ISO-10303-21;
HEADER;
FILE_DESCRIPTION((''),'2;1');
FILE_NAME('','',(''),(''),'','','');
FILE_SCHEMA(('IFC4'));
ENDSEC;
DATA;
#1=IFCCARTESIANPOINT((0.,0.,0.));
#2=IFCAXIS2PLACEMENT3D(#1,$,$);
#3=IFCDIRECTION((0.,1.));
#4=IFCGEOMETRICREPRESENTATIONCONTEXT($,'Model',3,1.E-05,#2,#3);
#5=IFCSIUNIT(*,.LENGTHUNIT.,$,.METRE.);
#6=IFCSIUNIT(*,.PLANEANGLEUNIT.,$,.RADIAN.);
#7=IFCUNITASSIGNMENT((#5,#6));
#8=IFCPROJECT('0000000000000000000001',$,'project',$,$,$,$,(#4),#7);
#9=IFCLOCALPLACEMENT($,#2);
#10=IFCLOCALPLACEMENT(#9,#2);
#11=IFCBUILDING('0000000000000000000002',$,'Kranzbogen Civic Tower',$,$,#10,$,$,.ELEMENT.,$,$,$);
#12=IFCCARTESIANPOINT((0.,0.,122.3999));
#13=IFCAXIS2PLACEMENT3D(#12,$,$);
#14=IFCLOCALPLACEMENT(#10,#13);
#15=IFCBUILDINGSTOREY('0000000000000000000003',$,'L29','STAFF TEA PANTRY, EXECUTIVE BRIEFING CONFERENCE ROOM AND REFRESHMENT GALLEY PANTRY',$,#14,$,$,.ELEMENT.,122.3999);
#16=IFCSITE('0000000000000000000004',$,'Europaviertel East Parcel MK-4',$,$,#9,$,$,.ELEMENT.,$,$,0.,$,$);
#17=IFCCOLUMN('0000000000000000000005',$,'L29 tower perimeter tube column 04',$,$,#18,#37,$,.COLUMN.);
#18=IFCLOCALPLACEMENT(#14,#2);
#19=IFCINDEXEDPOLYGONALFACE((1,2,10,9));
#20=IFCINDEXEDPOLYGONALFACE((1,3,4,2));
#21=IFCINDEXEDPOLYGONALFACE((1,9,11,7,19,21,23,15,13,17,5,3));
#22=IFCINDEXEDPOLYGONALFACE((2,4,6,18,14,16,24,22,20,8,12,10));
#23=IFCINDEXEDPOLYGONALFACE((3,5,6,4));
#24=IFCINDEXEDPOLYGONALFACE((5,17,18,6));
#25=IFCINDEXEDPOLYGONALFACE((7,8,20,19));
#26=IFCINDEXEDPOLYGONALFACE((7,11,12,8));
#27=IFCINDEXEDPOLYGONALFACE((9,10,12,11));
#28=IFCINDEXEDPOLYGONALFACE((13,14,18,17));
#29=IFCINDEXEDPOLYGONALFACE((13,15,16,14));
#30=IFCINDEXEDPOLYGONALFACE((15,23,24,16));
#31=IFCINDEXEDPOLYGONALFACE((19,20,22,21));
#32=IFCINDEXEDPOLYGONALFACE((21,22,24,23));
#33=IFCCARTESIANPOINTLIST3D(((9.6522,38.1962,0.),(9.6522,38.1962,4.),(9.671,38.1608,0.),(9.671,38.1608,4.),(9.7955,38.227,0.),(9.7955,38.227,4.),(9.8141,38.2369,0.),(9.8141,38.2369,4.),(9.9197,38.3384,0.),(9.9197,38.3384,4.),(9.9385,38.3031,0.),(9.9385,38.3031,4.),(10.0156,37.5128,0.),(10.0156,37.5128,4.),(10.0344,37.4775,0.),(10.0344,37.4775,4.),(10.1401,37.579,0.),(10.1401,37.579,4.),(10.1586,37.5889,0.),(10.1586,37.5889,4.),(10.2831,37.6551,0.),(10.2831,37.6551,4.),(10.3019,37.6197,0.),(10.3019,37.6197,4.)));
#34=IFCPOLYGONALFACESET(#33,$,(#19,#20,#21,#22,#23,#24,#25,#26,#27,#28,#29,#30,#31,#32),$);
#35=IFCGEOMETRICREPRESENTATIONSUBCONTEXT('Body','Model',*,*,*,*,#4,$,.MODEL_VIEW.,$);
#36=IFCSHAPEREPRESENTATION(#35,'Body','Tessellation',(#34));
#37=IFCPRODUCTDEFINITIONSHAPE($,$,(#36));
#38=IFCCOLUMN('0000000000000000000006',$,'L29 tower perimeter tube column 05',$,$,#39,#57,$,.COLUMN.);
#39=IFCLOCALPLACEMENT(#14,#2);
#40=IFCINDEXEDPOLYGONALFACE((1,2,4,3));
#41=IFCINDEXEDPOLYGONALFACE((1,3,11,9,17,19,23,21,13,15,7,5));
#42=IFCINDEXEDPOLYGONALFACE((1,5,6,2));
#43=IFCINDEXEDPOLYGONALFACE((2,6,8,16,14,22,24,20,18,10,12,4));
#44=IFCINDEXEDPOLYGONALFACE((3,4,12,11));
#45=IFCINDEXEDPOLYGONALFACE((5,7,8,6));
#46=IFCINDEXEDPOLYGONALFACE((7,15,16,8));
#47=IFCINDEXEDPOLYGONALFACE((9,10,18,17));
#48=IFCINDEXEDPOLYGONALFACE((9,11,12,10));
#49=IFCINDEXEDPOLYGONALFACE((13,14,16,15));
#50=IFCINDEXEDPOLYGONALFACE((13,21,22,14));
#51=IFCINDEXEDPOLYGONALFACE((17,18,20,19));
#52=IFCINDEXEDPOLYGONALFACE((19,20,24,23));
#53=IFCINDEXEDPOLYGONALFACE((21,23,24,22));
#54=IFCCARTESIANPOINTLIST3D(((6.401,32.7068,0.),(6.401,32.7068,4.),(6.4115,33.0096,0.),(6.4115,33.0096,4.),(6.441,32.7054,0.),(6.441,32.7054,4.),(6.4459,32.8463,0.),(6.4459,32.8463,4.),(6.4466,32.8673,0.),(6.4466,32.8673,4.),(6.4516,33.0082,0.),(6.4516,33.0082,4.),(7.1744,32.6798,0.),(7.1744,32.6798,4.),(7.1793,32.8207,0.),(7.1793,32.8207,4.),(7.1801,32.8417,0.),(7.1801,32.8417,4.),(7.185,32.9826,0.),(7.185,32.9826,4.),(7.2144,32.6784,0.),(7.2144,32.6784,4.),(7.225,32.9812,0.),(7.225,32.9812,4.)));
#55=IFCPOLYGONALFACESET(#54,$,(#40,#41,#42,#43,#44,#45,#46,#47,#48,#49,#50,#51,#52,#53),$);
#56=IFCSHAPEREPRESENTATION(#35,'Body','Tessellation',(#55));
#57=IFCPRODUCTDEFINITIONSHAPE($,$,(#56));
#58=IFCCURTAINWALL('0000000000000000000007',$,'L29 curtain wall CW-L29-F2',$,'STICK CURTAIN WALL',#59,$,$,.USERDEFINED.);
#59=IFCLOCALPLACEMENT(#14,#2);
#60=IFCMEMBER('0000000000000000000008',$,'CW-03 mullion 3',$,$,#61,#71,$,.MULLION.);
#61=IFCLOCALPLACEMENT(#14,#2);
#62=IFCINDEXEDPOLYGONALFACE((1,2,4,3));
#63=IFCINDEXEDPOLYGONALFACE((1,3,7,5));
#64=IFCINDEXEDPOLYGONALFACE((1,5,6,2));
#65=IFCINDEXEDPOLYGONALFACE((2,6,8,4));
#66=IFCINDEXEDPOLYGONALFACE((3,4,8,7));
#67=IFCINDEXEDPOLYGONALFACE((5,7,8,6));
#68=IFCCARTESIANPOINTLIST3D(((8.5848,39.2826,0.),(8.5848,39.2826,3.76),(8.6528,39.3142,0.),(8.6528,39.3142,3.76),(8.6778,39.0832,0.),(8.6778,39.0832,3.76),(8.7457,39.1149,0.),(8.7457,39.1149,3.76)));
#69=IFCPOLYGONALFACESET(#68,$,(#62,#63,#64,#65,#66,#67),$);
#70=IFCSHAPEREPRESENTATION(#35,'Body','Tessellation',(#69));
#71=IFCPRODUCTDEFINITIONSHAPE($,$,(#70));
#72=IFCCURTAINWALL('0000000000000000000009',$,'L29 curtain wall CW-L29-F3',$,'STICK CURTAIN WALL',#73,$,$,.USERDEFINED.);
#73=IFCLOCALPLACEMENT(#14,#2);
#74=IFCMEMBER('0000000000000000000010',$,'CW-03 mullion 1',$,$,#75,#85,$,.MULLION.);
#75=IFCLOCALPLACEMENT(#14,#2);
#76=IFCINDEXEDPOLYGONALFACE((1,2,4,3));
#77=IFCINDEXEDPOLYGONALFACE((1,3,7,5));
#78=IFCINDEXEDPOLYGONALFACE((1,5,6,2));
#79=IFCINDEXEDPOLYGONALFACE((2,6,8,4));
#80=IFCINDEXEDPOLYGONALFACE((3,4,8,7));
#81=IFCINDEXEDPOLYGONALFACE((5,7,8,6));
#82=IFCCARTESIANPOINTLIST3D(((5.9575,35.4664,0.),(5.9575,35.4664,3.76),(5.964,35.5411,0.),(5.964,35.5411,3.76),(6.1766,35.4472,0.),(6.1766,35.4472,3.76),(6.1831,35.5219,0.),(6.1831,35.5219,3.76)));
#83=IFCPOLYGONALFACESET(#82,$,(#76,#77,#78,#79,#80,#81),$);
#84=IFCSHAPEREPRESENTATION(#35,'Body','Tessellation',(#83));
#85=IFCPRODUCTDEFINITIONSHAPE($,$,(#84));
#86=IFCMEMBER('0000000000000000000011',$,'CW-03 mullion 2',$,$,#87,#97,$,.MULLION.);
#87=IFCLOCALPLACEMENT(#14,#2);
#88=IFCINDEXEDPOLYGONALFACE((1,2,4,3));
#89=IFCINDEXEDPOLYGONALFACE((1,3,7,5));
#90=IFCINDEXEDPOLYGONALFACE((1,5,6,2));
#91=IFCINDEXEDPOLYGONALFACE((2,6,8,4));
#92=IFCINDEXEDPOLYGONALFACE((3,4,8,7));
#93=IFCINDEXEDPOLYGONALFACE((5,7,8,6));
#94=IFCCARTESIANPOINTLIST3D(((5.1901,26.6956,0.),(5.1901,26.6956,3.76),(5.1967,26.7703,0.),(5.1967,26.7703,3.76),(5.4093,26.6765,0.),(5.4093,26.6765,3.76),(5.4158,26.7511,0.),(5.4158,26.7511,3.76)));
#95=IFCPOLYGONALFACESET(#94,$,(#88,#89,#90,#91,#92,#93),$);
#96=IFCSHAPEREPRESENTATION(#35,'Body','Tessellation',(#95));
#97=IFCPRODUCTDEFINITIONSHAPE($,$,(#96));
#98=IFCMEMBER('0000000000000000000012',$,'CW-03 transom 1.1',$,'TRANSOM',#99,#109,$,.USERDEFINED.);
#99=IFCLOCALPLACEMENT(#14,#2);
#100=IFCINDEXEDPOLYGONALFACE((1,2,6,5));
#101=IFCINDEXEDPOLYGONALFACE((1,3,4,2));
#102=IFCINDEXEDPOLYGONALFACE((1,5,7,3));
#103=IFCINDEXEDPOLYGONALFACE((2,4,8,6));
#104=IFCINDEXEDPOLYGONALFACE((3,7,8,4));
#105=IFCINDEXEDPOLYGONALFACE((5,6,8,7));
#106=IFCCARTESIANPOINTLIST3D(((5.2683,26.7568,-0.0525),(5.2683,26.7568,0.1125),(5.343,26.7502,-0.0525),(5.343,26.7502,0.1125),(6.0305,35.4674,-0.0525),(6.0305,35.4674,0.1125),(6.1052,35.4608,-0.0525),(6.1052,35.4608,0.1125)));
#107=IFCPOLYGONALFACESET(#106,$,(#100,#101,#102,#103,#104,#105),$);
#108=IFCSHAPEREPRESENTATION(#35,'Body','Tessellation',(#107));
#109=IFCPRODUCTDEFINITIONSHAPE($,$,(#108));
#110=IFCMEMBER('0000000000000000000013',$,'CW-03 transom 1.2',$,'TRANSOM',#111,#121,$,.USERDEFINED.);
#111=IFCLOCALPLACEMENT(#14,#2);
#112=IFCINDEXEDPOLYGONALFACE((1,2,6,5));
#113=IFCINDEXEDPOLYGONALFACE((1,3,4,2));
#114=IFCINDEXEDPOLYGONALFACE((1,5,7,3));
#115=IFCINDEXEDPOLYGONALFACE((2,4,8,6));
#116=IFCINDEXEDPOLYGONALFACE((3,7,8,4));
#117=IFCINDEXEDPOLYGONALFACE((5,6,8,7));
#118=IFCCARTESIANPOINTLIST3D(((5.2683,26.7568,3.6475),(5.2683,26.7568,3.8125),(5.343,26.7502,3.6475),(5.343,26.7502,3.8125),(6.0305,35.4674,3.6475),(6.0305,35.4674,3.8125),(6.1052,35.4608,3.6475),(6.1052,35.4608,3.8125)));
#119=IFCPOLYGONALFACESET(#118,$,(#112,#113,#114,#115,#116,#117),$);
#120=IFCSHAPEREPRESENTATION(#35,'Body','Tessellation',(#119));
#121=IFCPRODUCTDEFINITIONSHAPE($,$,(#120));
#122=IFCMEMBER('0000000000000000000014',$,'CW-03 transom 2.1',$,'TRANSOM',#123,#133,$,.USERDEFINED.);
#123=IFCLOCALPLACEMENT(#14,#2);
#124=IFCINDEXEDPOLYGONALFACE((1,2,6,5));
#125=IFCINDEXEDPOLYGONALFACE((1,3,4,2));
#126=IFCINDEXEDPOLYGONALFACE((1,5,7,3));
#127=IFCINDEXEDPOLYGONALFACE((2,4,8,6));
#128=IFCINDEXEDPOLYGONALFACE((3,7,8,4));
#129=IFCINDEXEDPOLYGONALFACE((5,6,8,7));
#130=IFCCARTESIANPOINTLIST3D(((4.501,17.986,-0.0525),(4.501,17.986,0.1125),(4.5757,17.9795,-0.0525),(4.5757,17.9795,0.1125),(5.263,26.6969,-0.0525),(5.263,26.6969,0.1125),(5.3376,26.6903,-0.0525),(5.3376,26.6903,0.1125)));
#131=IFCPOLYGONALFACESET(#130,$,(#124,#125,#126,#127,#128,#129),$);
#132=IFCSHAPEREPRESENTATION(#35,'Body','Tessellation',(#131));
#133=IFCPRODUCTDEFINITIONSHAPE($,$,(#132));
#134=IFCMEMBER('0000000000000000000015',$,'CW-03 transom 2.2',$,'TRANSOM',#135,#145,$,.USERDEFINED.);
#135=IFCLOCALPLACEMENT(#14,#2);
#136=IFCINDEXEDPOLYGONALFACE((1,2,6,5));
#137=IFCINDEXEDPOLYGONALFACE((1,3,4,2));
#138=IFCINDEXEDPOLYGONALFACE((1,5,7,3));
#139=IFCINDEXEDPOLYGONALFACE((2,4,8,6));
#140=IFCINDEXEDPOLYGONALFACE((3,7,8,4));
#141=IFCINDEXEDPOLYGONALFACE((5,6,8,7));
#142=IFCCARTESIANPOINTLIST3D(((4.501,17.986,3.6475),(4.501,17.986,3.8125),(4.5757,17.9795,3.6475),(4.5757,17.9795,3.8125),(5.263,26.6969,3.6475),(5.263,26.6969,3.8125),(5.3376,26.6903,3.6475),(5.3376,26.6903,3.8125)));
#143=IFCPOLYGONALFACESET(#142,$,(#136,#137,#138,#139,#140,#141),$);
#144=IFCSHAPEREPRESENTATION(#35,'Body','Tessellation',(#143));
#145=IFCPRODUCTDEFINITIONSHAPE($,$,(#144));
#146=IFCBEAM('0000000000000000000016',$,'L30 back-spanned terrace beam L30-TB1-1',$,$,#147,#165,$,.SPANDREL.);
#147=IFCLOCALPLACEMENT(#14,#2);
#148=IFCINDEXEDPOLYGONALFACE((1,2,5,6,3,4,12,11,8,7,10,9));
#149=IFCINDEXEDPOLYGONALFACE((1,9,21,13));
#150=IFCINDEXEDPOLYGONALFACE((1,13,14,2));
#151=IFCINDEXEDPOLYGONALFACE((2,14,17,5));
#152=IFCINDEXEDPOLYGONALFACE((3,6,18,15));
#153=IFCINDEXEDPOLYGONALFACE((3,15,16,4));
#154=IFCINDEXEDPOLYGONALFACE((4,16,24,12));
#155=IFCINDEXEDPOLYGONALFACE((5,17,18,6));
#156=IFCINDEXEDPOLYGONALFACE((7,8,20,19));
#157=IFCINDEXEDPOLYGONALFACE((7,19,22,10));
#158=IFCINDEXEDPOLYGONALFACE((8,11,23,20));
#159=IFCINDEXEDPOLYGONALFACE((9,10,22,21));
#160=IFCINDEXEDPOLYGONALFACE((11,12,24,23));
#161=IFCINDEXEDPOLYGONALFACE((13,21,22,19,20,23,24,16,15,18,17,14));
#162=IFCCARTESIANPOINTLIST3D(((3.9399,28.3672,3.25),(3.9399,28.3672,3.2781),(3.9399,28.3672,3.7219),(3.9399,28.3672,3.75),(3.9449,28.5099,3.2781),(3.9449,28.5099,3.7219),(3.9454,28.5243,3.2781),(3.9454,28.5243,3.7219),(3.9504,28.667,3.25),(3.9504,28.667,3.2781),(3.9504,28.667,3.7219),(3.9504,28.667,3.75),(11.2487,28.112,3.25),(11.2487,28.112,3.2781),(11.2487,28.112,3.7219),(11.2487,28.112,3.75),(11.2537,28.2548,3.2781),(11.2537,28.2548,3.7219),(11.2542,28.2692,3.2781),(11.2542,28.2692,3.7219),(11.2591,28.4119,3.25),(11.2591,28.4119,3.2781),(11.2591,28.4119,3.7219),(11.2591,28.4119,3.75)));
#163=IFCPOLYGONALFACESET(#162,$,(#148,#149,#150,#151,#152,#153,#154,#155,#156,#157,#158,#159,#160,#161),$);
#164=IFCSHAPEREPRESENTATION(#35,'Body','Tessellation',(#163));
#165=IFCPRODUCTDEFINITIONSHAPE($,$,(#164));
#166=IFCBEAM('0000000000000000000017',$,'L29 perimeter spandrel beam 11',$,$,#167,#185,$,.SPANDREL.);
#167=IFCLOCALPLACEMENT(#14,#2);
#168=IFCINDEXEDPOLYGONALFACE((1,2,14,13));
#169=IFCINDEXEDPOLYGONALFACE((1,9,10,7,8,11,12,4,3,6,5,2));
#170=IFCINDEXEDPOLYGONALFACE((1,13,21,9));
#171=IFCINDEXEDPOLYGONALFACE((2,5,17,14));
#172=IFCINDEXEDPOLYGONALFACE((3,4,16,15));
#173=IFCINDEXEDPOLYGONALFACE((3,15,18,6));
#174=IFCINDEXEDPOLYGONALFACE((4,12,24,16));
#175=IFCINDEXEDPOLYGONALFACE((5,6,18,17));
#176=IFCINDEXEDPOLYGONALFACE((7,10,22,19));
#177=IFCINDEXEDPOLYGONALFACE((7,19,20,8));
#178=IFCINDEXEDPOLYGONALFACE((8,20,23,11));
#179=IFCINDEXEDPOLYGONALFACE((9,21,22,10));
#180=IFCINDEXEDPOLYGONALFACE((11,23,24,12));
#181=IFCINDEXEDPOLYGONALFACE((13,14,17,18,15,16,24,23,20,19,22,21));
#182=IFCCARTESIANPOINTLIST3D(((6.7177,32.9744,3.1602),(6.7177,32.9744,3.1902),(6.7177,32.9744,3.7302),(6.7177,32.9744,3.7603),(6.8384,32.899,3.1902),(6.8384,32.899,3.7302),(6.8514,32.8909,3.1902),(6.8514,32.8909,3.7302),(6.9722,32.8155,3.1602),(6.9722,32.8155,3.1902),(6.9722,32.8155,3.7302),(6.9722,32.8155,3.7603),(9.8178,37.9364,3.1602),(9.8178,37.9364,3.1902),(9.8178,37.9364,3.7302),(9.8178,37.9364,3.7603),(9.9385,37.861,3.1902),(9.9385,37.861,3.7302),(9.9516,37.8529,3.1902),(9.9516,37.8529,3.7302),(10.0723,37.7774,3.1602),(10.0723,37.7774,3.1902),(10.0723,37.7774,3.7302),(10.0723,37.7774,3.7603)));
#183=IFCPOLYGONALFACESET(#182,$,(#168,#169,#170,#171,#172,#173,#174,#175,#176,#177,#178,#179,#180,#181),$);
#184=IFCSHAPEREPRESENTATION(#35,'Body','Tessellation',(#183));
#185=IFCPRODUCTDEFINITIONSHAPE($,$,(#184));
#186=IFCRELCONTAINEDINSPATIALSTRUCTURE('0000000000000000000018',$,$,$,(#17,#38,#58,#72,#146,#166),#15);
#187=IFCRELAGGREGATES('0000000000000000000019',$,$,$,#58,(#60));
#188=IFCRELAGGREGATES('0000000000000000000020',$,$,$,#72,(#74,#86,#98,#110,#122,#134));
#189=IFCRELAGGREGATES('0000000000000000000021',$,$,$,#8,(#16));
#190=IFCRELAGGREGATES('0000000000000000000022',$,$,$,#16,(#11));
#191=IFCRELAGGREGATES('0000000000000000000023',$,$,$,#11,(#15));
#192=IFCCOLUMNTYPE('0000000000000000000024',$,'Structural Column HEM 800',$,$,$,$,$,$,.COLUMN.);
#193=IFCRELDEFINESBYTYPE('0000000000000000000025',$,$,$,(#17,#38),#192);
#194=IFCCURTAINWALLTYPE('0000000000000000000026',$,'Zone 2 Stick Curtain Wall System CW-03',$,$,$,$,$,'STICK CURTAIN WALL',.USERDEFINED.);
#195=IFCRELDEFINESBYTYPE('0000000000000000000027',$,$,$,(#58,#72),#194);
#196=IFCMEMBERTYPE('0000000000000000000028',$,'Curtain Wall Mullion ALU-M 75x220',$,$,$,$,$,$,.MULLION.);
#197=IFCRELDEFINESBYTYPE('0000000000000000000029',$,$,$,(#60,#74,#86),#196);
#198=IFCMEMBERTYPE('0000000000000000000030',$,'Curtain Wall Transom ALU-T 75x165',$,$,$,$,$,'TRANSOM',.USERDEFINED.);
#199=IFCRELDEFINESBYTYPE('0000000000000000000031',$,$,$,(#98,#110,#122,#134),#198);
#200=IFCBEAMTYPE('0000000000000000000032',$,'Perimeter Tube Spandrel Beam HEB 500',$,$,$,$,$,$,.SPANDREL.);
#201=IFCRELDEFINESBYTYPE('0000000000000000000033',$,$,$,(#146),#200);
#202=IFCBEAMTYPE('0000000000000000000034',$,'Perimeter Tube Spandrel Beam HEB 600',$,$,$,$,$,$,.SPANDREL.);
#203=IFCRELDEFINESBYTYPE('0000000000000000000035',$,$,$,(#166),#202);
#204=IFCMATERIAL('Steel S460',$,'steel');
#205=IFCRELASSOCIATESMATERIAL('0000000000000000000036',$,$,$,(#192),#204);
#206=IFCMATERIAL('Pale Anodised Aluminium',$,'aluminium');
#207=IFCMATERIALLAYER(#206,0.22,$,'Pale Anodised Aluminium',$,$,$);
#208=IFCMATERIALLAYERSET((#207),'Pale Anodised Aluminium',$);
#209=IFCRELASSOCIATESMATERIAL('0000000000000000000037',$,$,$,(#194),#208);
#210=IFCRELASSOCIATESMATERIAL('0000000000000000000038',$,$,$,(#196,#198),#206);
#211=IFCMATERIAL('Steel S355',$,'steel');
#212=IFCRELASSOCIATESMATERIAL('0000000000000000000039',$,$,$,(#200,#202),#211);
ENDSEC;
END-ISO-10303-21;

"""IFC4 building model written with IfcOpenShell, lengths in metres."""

from ifc_helpers import new_model, si_unit, direction, frame, origin, origin_2d, place, context, subcontext, project, spatial, rectangle, i_section, extrude, material, layer, layer_set, material_profile, profile_set, type_object, element, aggregate, save


model = new_model("IFC4")

# Units and contexts
model_context = context("Model", 3, precision=1e-05, world=origin(), true_north=direction((0.0, 1.0)))
body_context = subcontext(model_context, "Body", "Model", "MODEL_VIEW")
ifc_project = project(units=[si_unit("LENGTHUNIT", "METRE"), si_unit("PLANEANGLEUNIT", "RADIAN")], contexts=[model_context])

# Site, building, storey
site_placement = place(None, origin())
site = spatial("IfcSite", under=ifc_project, at=site_placement, Name="Europaviertel East Parcel MK-4", CompositionType="ELEMENT", RefElevation=0.0)
building_placement = place(site_placement, origin())
building = spatial("IfcBuilding", under=site, at=building_placement, Name="Kranzbogen Civic Tower", CompositionType="ELEMENT")
storey_placement = place(building_placement, frame((0.0, 0.0, 122.3999)))
storey = spatial("IfcBuildingStorey", under=building, at=storey_placement, Name="L29", Description="STAFF TEA PANTRY, EXECUTIVE BRIEFING CONFERENCE ROOM AND REFRESHMENT GALLEY PANTRY", CompositionType="ELEMENT", Elevation=122.3999)

# Columns
ifc_material_1 = material(Name="Steel S460", Category="steel")
ifc_material_profile_1 = material_profile(ifc_material_1, i_section(OverallWidth=0.303, OverallDepth=0.814, WebThickness=0.021, FlangeThickness=0.04, at=origin_2d()), Name="HEM 800")
ifc_profile_set_1 = profile_set([ifc_material_profile_1], Name="Steel S460")
column_type = type_object("IfcColumnType", Name="Structural Column HEM 800", PredefinedType="COLUMN", material=ifc_profile_set_1)
for number, where, z_axis, x_axis, name in (
    (1, (9.9771, 37.908, 0.0), (0.0, 0.0, 1.0), (0.882948, 0.469472, 0.0), "L29 tower perimeter tube column 04"),
    (2, (6.813, 32.844, 0.0), (0.0, 0.0, 1.0), (0.034899, 0.999391, 0.0), "L29 tower perimeter tube column 05"),
):
    element("IfcColumn", number, at=place(storey_placement, frame(where, z_axis=z_axis, x_axis=x_axis)), inside=storey, type_object=column_type, Name=name, PredefinedType="COLUMN", context=body_context, shape_type="SweptSolid", body=[
        extrude(i_section(OverallWidth=0.303, OverallDepth=0.814, WebThickness=0.021, FlangeThickness=0.04, at=origin_2d()), origin(), (0.0, 0.0, 1.0), 4.0),
    ])

# Curtain wall, member
ifc_material_2 = material(Name="Pale Anodised Aluminium", Category="aluminium")
ifc_layer_1 = layer(ifc_material_2, 0.22, Name="Pale Anodised Aluminium")
ifc_layer_set_1 = layer_set([ifc_layer_1], Name="Pale Anodised Aluminium")
curtain_wall_type = type_object("IfcCurtainWallType", Name="Zone 2 Stick Curtain Wall System CW-03", ElementType="STICK CURTAIN WALL", PredefinedType="USERDEFINED", material=ifc_layer_set_1)
curtain_wall_1_placement = place(storey_placement, origin())
curtain_wall_1 = element("IfcCurtainWall", 3, at=curtain_wall_1_placement, inside=storey, type_object=curtain_wall_type, Name="L29 curtain wall CW-L29-F2", ObjectType="STICK CURTAIN WALL", PredefinedType="USERDEFINED")
ifc_material_profile_2 = material_profile(ifc_material_2, rectangle(XDim=0.075, YDim=0.22, at=origin_2d()), Name="ALU-M 75x220")
ifc_profile_set_2 = profile_set([ifc_material_profile_2], Name="Pale Anodised Aluminium")
member_type_1 = type_object("IfcMemberType", Name="Curtain Wall Mullion ALU-M 75x220", PredefinedType="MULLION", material=ifc_profile_set_2)
member_1_placement = place(storey_placement, frame((8.6653, 39.1987, 0.0), z_axis=(0.0, 0.0, 1.0), x_axis=(-0.906297, -0.422641, 0.0)))
member_1 = element("IfcMember", 4, at=member_1_placement, type_object=member_type_1, Name="CW-03 mullion 3", PredefinedType="MULLION", context=body_context, shape_type="SweptSolid", body=[
    extrude(rectangle(XDim=0.075, YDim=0.22, at=origin_2d()), origin(), (0.0, 0.0, 1.0), 3.76),
])
aggregate(curtain_wall_1, [member_1])

# Curtain wall, members
curtain_wall_2_placement = place(storey_placement, origin())
curtain_wall_2 = element("IfcCurtainWall", 5, at=curtain_wall_2_placement, inside=storey, type_object=curtain_wall_type, Name="L29 curtain wall CW-L29-F3", ObjectType="STICK CURTAIN WALL", PredefinedType="USERDEFINED")
member_2_placement = place(storey_placement, frame((6.0703, 35.4941, 0.0), z_axis=(0.0, 0.0, 1.0), x_axis=(-0.087162, -0.996194, 0.0)))
member_2 = element("IfcMember", 6, at=member_2_placement, type_object=member_type_1, Name="CW-03 mullion 1", PredefinedType="MULLION", context=body_context, shape_type="SweptSolid", body=[
    extrude(rectangle(XDim=0.075, YDim=0.22, at=origin_2d()), origin(), (0.0, 0.0, 1.0), 3.76),
])
member_3_placement = place(storey_placement, frame((5.303, 26.7234, 0.0), z_axis=(0.0, 0.0, 1.0), x_axis=(-0.087162, -0.996194, 0.0)))
member_3 = element("IfcMember", 7, at=member_3_placement, type_object=member_type_1, Name="CW-03 mullion 2", PredefinedType="MULLION", context=body_context, shape_type="SweptSolid", body=[
    extrude(rectangle(XDim=0.075, YDim=0.22, at=origin_2d()), origin(), (0.0, 0.0, 1.0), 3.76),
])
ifc_material_profile_3 = material_profile(ifc_material_2, rectangle(XDim=0.075, YDim=0.165, at=origin_2d()), Name="ALU-T 75x165")
ifc_profile_set_3 = profile_set([ifc_material_profile_3], Name="Pale Anodised Aluminium")
member_type_2 = type_object("IfcMemberType", Name="Curtain Wall Transom ALU-T 75x165", ElementType="TRANSOM", PredefinedType="USERDEFINED", material=ifc_profile_set_3)
member_4_placement = place(storey_placement, frame((6.0679, 35.4641, 0.03), z_axis=(-0.087169, -0.996194, 0.0), x_axis=(0.996194, -0.087169, 0.0)))
member_4 = element("IfcMember", 8, at=member_4_placement, type_object=member_type_2, Name="CW-03 transom 1.1", ObjectType="TRANSOM", PredefinedType="USERDEFINED", context=body_context, shape_type="SweptSolid", body=[
    extrude(rectangle(XDim=0.075, YDim=0.165, at=origin_2d()), origin(), (0.0, 0.0, 1.0), 8.7439),
])
member_5_placement = place(storey_placement, frame((6.0679, 35.4641, 3.73), z_axis=(-0.087169, -0.996194, 0.0), x_axis=(0.996194, -0.087169, 0.0)))
member_5 = element("IfcMember", 9, at=member_5_placement, type_object=member_type_2, Name="CW-03 transom 1.2", ObjectType="TRANSOM", PredefinedType="USERDEFINED", context=body_context, shape_type="SweptSolid", body=[
    extrude(rectangle(XDim=0.075, YDim=0.165, at=origin_2d()), origin(), (0.0, 0.0, 1.0), 8.7439),
])
member_6_placement = place(storey_placement, frame((5.3003, 26.6936, 0.03), z_axis=(-0.087139, -0.996196, 0.0), x_axis=(0.996196, -0.087139, 0.0)))
member_6 = element("IfcMember", 10, at=member_6_placement, type_object=member_type_2, Name="CW-03 transom 2.1", ObjectType="TRANSOM", PredefinedType="USERDEFINED", context=body_context, shape_type="SweptSolid", body=[
    extrude(rectangle(XDim=0.075, YDim=0.165, at=origin_2d()), origin(), (0.0, 0.0, 1.0), 8.7441),
])
member_7_placement = place(storey_placement, frame((5.3003, 26.6936, 3.73), z_axis=(-0.087139, -0.996196, 0.0), x_axis=(0.996196, -0.087139, 0.0)))
member_7 = element("IfcMember", 11, at=member_7_placement, type_object=member_type_2, Name="CW-03 transom 2.2", ObjectType="TRANSOM", PredefinedType="USERDEFINED", context=body_context, shape_type="SweptSolid", body=[
    extrude(rectangle(XDim=0.075, YDim=0.165, at=origin_2d()), origin(), (0.0, 0.0, 1.0), 8.7441),
])

# Beams
ifc_material_3 = material(Name="Steel S355", Category="steel")
ifc_material_profile_4 = material_profile(ifc_material_3, i_section(OverallWidth=0.3, OverallDepth=0.5, WebThickness=0.0144, FlangeThickness=0.0281, at=origin_2d()), Name="HEB 500")
ifc_profile_set_4 = profile_set([ifc_material_profile_4], Name="Steel S355")
beam_type_1 = type_object("IfcBeamType", Name="Perimeter Tube Spandrel Beam HEB 500", PredefinedType="SPANDREL", material=ifc_profile_set_4)
beam_1_placement = place(storey_placement, frame((11.2539, 28.262, 3.5), z_axis=(-0.999391, 0.034885, 0.0), x_axis=(-0.034885, -0.999391, 0.0)))
element("IfcBeam", 12, at=beam_1_placement, inside=storey, type_object=beam_type_1, Name="L30 back-spanned terrace beam L30-TB1-1", PredefinedType="SPANDREL", context=body_context, shape_type="SweptSolid", body=[
    extrude(i_section(OverallWidth=0.3, OverallDepth=0.5, WebThickness=0.0144, FlangeThickness=0.0281, at=origin_2d()), origin(), (0.0, 0.0, 1.0), 7.3132),
])
ifc_material_profile_5 = material_profile(ifc_material_3, i_section(OverallWidth=0.3, OverallDepth=0.6001, WebThickness=0.0154, FlangeThickness=0.03, at=origin_2d()), Name="HEB 600")
ifc_profile_set_5 = profile_set([ifc_material_profile_5], Name="Steel S355")
beam_type_2 = type_object("IfcBeamType", Name="Perimeter Tube Spandrel Beam HEB 600", PredefinedType="SPANDREL", material=ifc_profile_set_5)
beam_2_placement = place(storey_placement, frame((9.9451, 37.8569, 3.4602), z_axis=(-0.529864, -0.848083, 0.0), x_axis=(0.848083, -0.529864, 0.0)))
element("IfcBeam", 13, at=beam_2_placement, inside=storey, type_object=beam_type_2, Name="L29 perimeter spandrel beam 11", PredefinedType="SPANDREL", context=body_context, shape_type="SweptSolid", body=[
    extrude(i_section(OverallWidth=0.3, OverallDepth=0.6001, WebThickness=0.0154, FlangeThickness=0.03, at=origin_2d()), origin(), (0.0, 0.0, 1.0), 5.8508),
])

aggregate(curtain_wall_2, [member_2, member_3, member_4, member_5, member_6, member_7])

save(model, "model.ifc")
